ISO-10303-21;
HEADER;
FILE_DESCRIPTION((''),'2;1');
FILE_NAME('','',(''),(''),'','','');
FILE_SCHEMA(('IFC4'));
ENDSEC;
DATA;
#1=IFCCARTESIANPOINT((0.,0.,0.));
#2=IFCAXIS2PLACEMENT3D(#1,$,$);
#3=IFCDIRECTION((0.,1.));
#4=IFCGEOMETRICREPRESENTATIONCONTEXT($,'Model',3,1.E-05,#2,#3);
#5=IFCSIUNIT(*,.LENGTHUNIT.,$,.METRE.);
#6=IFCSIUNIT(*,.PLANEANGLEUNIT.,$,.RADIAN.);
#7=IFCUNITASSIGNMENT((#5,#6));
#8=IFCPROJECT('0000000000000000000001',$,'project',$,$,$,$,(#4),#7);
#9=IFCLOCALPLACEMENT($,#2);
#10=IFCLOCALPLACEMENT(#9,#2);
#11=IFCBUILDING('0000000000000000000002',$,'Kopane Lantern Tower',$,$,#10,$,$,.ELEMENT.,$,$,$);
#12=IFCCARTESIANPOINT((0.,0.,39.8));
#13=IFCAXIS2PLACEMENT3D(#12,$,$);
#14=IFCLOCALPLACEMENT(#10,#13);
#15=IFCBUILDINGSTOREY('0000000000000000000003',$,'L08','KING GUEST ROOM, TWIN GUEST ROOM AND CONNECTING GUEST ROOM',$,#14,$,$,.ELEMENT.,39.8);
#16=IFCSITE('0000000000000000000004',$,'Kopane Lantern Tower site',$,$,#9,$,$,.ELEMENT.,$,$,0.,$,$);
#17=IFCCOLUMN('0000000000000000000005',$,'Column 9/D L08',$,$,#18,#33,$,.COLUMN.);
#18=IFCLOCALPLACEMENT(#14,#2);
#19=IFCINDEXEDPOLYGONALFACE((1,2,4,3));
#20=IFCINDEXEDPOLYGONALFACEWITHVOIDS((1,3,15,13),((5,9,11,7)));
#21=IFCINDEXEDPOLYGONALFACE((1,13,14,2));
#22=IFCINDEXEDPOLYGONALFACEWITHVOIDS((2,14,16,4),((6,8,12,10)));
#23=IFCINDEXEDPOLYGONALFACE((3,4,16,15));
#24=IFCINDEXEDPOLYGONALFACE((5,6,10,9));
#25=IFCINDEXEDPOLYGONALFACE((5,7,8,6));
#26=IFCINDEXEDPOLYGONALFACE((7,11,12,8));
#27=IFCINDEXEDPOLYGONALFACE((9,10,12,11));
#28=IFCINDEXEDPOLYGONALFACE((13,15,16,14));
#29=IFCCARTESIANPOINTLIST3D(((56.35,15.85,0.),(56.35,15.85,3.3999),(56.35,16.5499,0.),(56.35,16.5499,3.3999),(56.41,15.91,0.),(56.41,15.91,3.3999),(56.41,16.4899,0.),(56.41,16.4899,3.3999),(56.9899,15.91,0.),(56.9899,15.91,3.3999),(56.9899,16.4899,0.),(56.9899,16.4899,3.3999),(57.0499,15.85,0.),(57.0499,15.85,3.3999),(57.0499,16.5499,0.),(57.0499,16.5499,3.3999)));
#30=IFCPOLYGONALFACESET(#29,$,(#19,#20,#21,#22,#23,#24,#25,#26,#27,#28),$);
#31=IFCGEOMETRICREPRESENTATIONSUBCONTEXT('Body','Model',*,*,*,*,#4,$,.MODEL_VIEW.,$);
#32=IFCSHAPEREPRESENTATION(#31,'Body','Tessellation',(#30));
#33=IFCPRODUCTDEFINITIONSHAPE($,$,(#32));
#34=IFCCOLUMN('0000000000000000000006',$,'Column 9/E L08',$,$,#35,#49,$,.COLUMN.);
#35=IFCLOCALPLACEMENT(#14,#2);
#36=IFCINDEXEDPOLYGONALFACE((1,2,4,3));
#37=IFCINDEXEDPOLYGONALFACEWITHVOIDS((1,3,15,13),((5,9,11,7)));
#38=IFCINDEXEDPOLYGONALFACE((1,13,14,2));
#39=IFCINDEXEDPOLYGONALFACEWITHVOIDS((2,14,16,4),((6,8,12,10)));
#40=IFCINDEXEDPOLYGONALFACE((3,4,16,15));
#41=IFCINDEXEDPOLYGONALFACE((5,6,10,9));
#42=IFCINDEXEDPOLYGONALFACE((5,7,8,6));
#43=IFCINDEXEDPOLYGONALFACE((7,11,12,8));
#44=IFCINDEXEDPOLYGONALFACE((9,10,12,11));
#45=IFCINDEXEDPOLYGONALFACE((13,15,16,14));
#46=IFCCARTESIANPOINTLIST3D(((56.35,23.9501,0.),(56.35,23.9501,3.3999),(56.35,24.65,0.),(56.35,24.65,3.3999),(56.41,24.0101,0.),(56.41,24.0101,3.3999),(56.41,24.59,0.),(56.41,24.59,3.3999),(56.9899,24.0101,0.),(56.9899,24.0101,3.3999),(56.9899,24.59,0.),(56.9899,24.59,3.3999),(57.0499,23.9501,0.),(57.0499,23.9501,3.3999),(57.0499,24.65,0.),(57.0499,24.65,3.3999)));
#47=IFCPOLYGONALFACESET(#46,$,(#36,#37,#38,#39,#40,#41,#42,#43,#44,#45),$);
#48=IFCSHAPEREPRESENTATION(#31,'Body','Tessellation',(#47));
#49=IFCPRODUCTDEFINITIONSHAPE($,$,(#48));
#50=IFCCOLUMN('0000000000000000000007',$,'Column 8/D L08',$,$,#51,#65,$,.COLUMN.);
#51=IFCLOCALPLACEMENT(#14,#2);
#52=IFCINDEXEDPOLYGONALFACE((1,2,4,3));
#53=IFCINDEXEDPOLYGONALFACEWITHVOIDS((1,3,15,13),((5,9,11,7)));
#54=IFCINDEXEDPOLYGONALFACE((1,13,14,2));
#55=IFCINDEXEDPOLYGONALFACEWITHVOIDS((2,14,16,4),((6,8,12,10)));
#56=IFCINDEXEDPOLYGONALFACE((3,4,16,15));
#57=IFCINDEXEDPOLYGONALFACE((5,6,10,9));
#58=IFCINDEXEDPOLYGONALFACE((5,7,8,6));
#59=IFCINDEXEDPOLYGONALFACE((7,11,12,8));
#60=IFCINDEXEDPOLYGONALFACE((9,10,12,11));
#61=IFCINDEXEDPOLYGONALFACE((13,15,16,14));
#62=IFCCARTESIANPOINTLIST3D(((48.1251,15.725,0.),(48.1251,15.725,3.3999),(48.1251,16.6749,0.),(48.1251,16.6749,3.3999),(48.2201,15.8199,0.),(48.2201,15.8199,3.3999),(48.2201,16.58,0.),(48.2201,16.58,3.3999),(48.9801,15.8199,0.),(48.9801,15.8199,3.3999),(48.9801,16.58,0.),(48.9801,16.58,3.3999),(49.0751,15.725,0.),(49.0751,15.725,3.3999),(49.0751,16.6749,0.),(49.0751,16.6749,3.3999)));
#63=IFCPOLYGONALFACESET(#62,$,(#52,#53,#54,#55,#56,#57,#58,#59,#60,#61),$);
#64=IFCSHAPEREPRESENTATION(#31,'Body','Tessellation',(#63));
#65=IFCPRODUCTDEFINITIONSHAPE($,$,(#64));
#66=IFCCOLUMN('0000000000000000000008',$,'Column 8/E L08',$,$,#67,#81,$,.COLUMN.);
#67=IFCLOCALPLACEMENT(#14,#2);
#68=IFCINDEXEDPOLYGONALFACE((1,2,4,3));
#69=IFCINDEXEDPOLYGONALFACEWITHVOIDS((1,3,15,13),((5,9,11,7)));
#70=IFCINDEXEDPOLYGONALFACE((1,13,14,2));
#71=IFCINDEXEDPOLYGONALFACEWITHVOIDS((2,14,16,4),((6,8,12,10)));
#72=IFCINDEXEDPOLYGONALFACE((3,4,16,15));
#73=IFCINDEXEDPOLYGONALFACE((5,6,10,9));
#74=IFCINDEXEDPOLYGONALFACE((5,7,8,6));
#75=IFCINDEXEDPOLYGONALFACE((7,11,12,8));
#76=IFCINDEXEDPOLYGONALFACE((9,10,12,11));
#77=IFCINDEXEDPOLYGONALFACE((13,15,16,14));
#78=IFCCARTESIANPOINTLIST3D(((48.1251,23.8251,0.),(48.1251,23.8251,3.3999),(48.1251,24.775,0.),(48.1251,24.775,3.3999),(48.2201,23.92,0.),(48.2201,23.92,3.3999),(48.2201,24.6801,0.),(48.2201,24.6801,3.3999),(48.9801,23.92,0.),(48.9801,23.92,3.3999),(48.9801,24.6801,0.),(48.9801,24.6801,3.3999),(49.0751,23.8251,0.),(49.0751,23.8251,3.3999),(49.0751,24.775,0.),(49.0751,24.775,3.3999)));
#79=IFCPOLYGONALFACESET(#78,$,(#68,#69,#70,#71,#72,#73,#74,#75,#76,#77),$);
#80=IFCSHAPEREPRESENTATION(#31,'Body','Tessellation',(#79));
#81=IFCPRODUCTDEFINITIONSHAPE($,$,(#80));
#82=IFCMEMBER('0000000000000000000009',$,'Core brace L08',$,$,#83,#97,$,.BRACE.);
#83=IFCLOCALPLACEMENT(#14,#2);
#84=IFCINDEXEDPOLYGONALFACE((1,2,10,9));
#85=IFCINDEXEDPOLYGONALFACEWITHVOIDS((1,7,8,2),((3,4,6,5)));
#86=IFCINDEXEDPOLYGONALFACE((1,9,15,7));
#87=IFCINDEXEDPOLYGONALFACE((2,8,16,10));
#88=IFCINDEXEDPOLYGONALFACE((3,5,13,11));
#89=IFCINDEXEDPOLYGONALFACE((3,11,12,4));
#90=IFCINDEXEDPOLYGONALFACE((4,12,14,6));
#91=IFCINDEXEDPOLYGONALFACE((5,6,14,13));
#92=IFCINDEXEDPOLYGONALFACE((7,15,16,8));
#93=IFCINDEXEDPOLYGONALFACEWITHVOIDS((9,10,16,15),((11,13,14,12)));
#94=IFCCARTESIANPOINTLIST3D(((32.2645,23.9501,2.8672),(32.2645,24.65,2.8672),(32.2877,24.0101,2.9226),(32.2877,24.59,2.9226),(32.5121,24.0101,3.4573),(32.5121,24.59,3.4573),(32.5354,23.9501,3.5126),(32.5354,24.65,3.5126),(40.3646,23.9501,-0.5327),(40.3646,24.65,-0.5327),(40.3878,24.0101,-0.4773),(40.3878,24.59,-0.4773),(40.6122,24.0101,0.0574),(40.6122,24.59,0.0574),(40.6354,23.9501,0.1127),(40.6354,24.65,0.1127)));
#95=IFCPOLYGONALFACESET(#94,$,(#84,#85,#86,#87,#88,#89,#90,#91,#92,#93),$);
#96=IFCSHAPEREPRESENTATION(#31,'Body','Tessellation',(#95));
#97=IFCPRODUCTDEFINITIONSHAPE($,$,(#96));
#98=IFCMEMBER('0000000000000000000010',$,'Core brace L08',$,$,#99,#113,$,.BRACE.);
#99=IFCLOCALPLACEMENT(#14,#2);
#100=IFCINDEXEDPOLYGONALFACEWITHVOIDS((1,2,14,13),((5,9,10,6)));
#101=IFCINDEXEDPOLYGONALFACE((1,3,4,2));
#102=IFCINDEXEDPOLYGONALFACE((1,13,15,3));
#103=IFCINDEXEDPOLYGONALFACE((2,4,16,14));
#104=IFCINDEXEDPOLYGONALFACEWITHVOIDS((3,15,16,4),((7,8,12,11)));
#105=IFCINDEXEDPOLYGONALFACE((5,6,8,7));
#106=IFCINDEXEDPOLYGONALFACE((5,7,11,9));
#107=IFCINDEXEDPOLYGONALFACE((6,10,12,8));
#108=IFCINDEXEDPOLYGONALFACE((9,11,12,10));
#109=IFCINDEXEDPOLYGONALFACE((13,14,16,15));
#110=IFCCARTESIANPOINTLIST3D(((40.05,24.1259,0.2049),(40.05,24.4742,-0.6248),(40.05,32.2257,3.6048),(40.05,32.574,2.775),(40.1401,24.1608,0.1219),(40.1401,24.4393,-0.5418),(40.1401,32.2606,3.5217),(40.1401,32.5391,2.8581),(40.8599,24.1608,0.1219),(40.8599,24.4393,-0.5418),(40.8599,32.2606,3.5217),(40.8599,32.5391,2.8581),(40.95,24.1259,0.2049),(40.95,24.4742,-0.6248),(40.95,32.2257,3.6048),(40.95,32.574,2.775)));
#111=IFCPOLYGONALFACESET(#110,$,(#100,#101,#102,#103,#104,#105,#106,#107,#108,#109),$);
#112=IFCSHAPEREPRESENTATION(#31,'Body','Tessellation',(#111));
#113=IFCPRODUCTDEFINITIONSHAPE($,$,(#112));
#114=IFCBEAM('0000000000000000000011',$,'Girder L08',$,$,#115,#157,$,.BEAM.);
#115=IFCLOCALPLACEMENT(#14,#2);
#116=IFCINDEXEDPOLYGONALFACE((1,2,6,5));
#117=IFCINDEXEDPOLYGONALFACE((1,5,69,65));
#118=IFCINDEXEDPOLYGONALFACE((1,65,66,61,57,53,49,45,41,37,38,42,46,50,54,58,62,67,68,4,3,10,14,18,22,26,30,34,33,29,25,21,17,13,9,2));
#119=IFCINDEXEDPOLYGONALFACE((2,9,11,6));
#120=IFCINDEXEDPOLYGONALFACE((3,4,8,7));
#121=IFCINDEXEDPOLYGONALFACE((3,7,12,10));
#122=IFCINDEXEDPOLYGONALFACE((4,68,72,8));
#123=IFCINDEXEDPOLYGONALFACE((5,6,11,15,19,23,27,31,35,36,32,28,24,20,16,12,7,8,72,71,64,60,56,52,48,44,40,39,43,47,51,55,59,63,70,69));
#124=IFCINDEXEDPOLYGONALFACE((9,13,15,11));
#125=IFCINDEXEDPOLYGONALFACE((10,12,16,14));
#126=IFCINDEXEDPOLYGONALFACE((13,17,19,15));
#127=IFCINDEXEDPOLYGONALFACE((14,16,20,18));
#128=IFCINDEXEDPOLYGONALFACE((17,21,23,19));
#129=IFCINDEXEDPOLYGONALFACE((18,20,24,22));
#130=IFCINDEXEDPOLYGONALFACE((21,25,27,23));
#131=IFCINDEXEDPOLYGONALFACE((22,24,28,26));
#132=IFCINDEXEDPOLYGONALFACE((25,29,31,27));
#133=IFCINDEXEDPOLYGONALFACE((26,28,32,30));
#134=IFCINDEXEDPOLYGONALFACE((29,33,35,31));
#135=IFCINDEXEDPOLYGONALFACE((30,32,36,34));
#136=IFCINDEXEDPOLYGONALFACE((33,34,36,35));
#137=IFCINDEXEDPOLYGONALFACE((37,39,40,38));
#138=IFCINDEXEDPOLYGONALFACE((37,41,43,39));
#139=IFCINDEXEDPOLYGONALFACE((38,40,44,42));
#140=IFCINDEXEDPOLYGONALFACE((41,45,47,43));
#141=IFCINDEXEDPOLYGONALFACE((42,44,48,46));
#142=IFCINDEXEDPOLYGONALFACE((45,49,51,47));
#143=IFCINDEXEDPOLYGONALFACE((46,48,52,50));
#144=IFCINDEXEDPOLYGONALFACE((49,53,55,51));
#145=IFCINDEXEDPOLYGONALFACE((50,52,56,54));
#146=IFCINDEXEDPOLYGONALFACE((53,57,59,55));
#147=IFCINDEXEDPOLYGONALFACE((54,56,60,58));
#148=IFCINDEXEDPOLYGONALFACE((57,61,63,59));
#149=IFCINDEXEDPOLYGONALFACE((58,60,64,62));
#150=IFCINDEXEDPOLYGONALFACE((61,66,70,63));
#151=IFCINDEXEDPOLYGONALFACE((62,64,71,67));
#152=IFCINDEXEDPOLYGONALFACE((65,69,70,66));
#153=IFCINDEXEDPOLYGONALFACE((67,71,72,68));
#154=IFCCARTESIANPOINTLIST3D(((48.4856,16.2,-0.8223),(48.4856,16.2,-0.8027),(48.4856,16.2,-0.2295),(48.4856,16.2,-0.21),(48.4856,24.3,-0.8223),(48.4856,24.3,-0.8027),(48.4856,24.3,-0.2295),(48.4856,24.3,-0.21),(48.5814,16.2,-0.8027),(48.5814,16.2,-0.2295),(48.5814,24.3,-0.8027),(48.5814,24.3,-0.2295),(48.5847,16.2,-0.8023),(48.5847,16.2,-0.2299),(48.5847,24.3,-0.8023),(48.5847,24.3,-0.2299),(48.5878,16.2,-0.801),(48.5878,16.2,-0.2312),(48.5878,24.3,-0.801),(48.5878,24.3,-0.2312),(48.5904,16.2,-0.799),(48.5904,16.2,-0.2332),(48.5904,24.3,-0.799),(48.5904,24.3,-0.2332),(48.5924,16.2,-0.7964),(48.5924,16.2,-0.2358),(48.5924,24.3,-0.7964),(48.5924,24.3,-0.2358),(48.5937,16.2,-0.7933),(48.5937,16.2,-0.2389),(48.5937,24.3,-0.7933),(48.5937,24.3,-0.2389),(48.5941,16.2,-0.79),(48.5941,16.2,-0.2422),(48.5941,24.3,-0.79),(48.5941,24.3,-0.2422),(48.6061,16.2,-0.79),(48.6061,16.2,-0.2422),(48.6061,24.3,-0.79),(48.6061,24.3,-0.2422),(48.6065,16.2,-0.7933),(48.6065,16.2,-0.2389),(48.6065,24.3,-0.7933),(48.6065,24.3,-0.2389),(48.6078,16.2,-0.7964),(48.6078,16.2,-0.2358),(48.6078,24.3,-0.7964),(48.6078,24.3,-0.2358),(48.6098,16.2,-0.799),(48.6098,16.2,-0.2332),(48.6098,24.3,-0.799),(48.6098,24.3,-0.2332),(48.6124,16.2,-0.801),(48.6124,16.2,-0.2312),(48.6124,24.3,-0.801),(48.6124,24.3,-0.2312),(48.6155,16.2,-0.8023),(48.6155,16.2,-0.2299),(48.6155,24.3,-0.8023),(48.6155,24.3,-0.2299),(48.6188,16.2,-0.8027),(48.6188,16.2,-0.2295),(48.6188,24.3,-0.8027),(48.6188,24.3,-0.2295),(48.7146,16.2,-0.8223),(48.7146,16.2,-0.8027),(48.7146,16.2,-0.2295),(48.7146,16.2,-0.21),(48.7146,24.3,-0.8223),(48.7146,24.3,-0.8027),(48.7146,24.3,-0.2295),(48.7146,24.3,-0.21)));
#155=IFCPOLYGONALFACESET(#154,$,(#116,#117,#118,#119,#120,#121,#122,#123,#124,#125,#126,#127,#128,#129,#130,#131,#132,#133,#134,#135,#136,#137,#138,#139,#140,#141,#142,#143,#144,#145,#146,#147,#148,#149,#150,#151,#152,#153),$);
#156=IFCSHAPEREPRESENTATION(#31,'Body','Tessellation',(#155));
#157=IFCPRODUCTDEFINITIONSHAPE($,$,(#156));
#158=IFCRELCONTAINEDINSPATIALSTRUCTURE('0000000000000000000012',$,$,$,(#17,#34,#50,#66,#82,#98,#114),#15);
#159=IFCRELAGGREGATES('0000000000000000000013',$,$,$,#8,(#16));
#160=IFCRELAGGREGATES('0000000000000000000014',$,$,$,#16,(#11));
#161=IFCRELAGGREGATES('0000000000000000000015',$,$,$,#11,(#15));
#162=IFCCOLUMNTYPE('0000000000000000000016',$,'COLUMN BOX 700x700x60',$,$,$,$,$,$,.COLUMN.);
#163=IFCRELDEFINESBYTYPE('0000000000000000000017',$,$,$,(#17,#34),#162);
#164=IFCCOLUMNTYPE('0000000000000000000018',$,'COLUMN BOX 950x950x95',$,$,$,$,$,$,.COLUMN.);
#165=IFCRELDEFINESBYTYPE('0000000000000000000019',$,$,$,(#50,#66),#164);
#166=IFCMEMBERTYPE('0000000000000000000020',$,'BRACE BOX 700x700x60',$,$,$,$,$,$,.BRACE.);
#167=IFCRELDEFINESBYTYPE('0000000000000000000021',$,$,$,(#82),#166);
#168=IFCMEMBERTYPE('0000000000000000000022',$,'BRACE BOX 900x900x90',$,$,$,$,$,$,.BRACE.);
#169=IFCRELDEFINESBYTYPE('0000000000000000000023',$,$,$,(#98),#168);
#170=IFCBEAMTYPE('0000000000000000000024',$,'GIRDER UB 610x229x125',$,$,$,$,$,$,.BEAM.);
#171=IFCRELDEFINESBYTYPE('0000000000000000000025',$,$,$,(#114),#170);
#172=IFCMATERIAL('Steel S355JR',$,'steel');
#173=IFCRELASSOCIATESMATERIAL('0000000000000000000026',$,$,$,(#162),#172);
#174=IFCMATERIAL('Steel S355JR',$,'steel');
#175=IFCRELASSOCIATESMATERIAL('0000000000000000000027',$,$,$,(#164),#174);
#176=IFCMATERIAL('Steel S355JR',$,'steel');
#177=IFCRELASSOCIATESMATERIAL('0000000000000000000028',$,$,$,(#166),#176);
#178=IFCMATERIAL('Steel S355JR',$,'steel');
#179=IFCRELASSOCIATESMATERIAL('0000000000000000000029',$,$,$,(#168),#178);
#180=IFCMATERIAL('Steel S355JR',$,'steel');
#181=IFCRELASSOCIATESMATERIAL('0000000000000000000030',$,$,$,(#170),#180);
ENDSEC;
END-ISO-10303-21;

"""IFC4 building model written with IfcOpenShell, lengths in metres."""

from ifc_helpers import new_model, si_unit, direction, frame, origin, origin_2d, place, context, subcontext, project, spatial, hollow_rectangle, i_section, extrude, material, material_profile, profile_set, type_object, element, save


model = new_model("IFC4")

# Units and contexts
model_context = context("Model", 3, precision=1e-05, world=origin(), true_north=direction((0.0, 1.0)))
body_context = subcontext(model_context, "Body", "Model", "MODEL_VIEW")
ifc_project = project(units=[si_unit("LENGTHUNIT", "METRE"), si_unit("PLANEANGLEUNIT", "RADIAN")], contexts=[model_context])

# Site, building, storey
site_placement = place(None, origin())
site = spatial("IfcSite", under=ifc_project, at=site_placement, Name="Kopane Lantern Tower site", CompositionType="ELEMENT", RefElevation=0.0)
building_placement = place(site_placement, origin())
building = spatial("IfcBuilding", under=site, at=building_placement, Name="Kopane Lantern Tower", CompositionType="ELEMENT")
storey_placement = place(building_placement, frame((0.0, 0.0, 39.8)))
storey = spatial("IfcBuildingStorey", under=building, at=storey_placement, Name="L08", Description="KING GUEST ROOM, TWIN GUEST ROOM AND CONNECTING GUEST ROOM", CompositionType="ELEMENT", Elevation=39.8)

# Columns
ifc_material_1 = material(Name="Steel S355JR", Category="steel")
ifc_material_profile_1 = material_profile(ifc_material_1, hollow_rectangle(XDim=0.7, YDim=0.7, WallThickness=0.0601, at=origin_2d()), Name="BOX 700x700x60")
ifc_profile_set_1 = profile_set([ifc_material_profile_1], Name="Steel S355JR")
column_type_1 = type_object("IfcColumnType", Name="COLUMN BOX 700x700x60", PredefinedType="COLUMN", material=ifc_profile_set_1)
for number, where, z_axis, x_axis, name in (
    (1, (56.7, 16.2, 0.0), (0.0, 0.0, 1.0), (1.0, 0.0, 0.0), "Column 9/D L08"),
    (2, (56.7, 24.3, 0.0), (0.0, 0.0, 1.0), (1.0, 0.0, 0.0), "Column 9/E L08"),
):
    element("IfcColumn", number, at=place(storey_placement, frame(where, z_axis=z_axis, x_axis=x_axis)), inside=storey, type_object=column_type_1, Name=name, PredefinedType="COLUMN", context=body_context, shape_type="SweptSolid", body=[
        extrude(hollow_rectangle(XDim=0.7, YDim=0.7, WallThickness=0.0601, at=origin_2d()), origin(), (0.0, 0.0, 1.0), 3.3999),
    ])
ifc_material_2 = material(Name="Steel S355JR", Category="steel")
ifc_material_profile_2 = material_profile(ifc_material_2, hollow_rectangle(XDim=0.95, YDim=0.95, WallThickness=0.095, at=origin_2d()), Name="BOX 950x950x95")
ifc_profile_set_2 = profile_set([ifc_material_profile_2], Name="Steel S355JR")
column_type_2 = type_object("IfcColumnType", Name="COLUMN BOX 950x950x95", PredefinedType="COLUMN", material=ifc_profile_set_2)
for number, where, z_axis, x_axis, name in (
    (3, (48.6001, 16.2, 0.0), (0.0, 0.0, 1.0), (1.0, 0.0, 0.0), "Column 8/D L08"),
    (4, (48.6001, 24.3, 0.0), (0.0, 0.0, 1.0), (1.0, 0.0, 0.0), "Column 8/E L08"),
):
    element("IfcColumn", number, at=place(storey_placement, frame(where, z_axis=z_axis, x_axis=x_axis)), inside=storey, type_object=column_type_2, Name=name, PredefinedType="COLUMN", context=body_context, shape_type="SweptSolid", body=[
        extrude(hollow_rectangle(XDim=0.95, YDim=0.95, WallThickness=0.095, at=origin_2d()), origin(), (0.0, 0.0, 1.0), 3.3999),
    ])

# Members
ifc_material_3 = material(Name="Steel S355JR", Category="steel")
ifc_material_profile_3 = material_profile(ifc_material_3, hollow_rectangle(XDim=0.7, YDim=0.7, WallThickness=0.0601, at=origin_2d()), Name="BOX 700x700x60")
ifc_profile_set_3 = profile_set([ifc_material_profile_3], Name="Steel S355JR")
member_type_1 = type_object("IfcMemberType", Name="BRACE BOX 700x700x60", PredefinedType="BRACE", material=ifc_profile_set_3)
member_1_placement = place(storey_placement, frame((40.5, 24.3, -0.21), z_axis=(-0.922069, 0.0, 0.387026), x_axis=(0.0, -1.0, 0.0)))
element("IfcMember", 5, at=member_1_placement, inside=storey, type_object=member_type_1, Name="Core brace L08", PredefinedType="BRACE", context=body_context, shape_type="SweptSolid", body=[
    extrude(hollow_rectangle(XDim=0.7, YDim=0.7, WallThickness=0.0601, at=origin_2d()), origin(), (0.0, 0.0, 1.0), 8.7847),
])
ifc_material_4 = material(Name="Steel S355JR", Category="steel")
ifc_material_profile_4 = material_profile(ifc_material_4, hollow_rectangle(XDim=0.8999, YDim=0.8999, WallThickness=0.0901, at=origin_2d()), Name="BOX 900x900x90")
ifc_profile_set_4 = profile_set([ifc_material_profile_4], Name="Steel S355JR")
member_type_2 = type_object("IfcMemberType", Name="BRACE BOX 900x900x90", PredefinedType="BRACE", material=ifc_profile_set_4)
member_2_placement = place(storey_placement, frame((40.5, 24.3, -0.21), z_axis=(0.0, 0.922065, 0.387035), x_axis=(-1.0, 0.0, 0.0)))
element("IfcMember", 6, at=member_2_placement, inside=storey, type_object=member_type_2, Name="Core brace L08", PredefinedType="BRACE", context=body_context, shape_type="SweptSolid", body=[
    extrude(hollow_rectangle(XDim=0.8999, YDim=0.8999, WallThickness=0.0901, at=origin_2d()), origin(), (0.0, 0.0, 1.0), 8.7844),
])

# Beam
ifc_material_5 = material(Name="Steel S355JR", Category="steel")
ifc_material_profile_5 = material_profile(ifc_material_5, i_section(OverallWidth=0.229, OverallDepth=0.6123, WebThickness=0.012, FlangeThickness=0.0195, FilletRadius=0.0127, at=origin_2d()), Name="UB 610x229x125")
ifc_profile_set_5 = profile_set([ifc_material_profile_5], Name="Steel S355JR")
beam_type = type_object("IfcBeamType", Name="GIRDER UB 610x229x125", PredefinedType="BEAM", material=ifc_profile_set_5)
beam_1_placement = place(storey_placement, frame((48.6001, 16.2, -0.5161), z_axis=(0.0, 1.0, 0.0), x_axis=(-1.0, 0.0, 0.0)))
element("IfcBeam", 7, at=beam_1_placement, inside=storey, type_object=beam_type, Name="Girder L08", PredefinedType="BEAM", context=body_context, shape_type="SweptSolid", body=[
    extrude(i_section(OverallWidth=0.229, OverallDepth=0.6123, WebThickness=0.012, FlangeThickness=0.0195, FilletRadius=0.0127, at=origin_2d()), origin(), (0.0, 0.0, 1.0), 8.1001),
])

save(model, "model.ifc")
